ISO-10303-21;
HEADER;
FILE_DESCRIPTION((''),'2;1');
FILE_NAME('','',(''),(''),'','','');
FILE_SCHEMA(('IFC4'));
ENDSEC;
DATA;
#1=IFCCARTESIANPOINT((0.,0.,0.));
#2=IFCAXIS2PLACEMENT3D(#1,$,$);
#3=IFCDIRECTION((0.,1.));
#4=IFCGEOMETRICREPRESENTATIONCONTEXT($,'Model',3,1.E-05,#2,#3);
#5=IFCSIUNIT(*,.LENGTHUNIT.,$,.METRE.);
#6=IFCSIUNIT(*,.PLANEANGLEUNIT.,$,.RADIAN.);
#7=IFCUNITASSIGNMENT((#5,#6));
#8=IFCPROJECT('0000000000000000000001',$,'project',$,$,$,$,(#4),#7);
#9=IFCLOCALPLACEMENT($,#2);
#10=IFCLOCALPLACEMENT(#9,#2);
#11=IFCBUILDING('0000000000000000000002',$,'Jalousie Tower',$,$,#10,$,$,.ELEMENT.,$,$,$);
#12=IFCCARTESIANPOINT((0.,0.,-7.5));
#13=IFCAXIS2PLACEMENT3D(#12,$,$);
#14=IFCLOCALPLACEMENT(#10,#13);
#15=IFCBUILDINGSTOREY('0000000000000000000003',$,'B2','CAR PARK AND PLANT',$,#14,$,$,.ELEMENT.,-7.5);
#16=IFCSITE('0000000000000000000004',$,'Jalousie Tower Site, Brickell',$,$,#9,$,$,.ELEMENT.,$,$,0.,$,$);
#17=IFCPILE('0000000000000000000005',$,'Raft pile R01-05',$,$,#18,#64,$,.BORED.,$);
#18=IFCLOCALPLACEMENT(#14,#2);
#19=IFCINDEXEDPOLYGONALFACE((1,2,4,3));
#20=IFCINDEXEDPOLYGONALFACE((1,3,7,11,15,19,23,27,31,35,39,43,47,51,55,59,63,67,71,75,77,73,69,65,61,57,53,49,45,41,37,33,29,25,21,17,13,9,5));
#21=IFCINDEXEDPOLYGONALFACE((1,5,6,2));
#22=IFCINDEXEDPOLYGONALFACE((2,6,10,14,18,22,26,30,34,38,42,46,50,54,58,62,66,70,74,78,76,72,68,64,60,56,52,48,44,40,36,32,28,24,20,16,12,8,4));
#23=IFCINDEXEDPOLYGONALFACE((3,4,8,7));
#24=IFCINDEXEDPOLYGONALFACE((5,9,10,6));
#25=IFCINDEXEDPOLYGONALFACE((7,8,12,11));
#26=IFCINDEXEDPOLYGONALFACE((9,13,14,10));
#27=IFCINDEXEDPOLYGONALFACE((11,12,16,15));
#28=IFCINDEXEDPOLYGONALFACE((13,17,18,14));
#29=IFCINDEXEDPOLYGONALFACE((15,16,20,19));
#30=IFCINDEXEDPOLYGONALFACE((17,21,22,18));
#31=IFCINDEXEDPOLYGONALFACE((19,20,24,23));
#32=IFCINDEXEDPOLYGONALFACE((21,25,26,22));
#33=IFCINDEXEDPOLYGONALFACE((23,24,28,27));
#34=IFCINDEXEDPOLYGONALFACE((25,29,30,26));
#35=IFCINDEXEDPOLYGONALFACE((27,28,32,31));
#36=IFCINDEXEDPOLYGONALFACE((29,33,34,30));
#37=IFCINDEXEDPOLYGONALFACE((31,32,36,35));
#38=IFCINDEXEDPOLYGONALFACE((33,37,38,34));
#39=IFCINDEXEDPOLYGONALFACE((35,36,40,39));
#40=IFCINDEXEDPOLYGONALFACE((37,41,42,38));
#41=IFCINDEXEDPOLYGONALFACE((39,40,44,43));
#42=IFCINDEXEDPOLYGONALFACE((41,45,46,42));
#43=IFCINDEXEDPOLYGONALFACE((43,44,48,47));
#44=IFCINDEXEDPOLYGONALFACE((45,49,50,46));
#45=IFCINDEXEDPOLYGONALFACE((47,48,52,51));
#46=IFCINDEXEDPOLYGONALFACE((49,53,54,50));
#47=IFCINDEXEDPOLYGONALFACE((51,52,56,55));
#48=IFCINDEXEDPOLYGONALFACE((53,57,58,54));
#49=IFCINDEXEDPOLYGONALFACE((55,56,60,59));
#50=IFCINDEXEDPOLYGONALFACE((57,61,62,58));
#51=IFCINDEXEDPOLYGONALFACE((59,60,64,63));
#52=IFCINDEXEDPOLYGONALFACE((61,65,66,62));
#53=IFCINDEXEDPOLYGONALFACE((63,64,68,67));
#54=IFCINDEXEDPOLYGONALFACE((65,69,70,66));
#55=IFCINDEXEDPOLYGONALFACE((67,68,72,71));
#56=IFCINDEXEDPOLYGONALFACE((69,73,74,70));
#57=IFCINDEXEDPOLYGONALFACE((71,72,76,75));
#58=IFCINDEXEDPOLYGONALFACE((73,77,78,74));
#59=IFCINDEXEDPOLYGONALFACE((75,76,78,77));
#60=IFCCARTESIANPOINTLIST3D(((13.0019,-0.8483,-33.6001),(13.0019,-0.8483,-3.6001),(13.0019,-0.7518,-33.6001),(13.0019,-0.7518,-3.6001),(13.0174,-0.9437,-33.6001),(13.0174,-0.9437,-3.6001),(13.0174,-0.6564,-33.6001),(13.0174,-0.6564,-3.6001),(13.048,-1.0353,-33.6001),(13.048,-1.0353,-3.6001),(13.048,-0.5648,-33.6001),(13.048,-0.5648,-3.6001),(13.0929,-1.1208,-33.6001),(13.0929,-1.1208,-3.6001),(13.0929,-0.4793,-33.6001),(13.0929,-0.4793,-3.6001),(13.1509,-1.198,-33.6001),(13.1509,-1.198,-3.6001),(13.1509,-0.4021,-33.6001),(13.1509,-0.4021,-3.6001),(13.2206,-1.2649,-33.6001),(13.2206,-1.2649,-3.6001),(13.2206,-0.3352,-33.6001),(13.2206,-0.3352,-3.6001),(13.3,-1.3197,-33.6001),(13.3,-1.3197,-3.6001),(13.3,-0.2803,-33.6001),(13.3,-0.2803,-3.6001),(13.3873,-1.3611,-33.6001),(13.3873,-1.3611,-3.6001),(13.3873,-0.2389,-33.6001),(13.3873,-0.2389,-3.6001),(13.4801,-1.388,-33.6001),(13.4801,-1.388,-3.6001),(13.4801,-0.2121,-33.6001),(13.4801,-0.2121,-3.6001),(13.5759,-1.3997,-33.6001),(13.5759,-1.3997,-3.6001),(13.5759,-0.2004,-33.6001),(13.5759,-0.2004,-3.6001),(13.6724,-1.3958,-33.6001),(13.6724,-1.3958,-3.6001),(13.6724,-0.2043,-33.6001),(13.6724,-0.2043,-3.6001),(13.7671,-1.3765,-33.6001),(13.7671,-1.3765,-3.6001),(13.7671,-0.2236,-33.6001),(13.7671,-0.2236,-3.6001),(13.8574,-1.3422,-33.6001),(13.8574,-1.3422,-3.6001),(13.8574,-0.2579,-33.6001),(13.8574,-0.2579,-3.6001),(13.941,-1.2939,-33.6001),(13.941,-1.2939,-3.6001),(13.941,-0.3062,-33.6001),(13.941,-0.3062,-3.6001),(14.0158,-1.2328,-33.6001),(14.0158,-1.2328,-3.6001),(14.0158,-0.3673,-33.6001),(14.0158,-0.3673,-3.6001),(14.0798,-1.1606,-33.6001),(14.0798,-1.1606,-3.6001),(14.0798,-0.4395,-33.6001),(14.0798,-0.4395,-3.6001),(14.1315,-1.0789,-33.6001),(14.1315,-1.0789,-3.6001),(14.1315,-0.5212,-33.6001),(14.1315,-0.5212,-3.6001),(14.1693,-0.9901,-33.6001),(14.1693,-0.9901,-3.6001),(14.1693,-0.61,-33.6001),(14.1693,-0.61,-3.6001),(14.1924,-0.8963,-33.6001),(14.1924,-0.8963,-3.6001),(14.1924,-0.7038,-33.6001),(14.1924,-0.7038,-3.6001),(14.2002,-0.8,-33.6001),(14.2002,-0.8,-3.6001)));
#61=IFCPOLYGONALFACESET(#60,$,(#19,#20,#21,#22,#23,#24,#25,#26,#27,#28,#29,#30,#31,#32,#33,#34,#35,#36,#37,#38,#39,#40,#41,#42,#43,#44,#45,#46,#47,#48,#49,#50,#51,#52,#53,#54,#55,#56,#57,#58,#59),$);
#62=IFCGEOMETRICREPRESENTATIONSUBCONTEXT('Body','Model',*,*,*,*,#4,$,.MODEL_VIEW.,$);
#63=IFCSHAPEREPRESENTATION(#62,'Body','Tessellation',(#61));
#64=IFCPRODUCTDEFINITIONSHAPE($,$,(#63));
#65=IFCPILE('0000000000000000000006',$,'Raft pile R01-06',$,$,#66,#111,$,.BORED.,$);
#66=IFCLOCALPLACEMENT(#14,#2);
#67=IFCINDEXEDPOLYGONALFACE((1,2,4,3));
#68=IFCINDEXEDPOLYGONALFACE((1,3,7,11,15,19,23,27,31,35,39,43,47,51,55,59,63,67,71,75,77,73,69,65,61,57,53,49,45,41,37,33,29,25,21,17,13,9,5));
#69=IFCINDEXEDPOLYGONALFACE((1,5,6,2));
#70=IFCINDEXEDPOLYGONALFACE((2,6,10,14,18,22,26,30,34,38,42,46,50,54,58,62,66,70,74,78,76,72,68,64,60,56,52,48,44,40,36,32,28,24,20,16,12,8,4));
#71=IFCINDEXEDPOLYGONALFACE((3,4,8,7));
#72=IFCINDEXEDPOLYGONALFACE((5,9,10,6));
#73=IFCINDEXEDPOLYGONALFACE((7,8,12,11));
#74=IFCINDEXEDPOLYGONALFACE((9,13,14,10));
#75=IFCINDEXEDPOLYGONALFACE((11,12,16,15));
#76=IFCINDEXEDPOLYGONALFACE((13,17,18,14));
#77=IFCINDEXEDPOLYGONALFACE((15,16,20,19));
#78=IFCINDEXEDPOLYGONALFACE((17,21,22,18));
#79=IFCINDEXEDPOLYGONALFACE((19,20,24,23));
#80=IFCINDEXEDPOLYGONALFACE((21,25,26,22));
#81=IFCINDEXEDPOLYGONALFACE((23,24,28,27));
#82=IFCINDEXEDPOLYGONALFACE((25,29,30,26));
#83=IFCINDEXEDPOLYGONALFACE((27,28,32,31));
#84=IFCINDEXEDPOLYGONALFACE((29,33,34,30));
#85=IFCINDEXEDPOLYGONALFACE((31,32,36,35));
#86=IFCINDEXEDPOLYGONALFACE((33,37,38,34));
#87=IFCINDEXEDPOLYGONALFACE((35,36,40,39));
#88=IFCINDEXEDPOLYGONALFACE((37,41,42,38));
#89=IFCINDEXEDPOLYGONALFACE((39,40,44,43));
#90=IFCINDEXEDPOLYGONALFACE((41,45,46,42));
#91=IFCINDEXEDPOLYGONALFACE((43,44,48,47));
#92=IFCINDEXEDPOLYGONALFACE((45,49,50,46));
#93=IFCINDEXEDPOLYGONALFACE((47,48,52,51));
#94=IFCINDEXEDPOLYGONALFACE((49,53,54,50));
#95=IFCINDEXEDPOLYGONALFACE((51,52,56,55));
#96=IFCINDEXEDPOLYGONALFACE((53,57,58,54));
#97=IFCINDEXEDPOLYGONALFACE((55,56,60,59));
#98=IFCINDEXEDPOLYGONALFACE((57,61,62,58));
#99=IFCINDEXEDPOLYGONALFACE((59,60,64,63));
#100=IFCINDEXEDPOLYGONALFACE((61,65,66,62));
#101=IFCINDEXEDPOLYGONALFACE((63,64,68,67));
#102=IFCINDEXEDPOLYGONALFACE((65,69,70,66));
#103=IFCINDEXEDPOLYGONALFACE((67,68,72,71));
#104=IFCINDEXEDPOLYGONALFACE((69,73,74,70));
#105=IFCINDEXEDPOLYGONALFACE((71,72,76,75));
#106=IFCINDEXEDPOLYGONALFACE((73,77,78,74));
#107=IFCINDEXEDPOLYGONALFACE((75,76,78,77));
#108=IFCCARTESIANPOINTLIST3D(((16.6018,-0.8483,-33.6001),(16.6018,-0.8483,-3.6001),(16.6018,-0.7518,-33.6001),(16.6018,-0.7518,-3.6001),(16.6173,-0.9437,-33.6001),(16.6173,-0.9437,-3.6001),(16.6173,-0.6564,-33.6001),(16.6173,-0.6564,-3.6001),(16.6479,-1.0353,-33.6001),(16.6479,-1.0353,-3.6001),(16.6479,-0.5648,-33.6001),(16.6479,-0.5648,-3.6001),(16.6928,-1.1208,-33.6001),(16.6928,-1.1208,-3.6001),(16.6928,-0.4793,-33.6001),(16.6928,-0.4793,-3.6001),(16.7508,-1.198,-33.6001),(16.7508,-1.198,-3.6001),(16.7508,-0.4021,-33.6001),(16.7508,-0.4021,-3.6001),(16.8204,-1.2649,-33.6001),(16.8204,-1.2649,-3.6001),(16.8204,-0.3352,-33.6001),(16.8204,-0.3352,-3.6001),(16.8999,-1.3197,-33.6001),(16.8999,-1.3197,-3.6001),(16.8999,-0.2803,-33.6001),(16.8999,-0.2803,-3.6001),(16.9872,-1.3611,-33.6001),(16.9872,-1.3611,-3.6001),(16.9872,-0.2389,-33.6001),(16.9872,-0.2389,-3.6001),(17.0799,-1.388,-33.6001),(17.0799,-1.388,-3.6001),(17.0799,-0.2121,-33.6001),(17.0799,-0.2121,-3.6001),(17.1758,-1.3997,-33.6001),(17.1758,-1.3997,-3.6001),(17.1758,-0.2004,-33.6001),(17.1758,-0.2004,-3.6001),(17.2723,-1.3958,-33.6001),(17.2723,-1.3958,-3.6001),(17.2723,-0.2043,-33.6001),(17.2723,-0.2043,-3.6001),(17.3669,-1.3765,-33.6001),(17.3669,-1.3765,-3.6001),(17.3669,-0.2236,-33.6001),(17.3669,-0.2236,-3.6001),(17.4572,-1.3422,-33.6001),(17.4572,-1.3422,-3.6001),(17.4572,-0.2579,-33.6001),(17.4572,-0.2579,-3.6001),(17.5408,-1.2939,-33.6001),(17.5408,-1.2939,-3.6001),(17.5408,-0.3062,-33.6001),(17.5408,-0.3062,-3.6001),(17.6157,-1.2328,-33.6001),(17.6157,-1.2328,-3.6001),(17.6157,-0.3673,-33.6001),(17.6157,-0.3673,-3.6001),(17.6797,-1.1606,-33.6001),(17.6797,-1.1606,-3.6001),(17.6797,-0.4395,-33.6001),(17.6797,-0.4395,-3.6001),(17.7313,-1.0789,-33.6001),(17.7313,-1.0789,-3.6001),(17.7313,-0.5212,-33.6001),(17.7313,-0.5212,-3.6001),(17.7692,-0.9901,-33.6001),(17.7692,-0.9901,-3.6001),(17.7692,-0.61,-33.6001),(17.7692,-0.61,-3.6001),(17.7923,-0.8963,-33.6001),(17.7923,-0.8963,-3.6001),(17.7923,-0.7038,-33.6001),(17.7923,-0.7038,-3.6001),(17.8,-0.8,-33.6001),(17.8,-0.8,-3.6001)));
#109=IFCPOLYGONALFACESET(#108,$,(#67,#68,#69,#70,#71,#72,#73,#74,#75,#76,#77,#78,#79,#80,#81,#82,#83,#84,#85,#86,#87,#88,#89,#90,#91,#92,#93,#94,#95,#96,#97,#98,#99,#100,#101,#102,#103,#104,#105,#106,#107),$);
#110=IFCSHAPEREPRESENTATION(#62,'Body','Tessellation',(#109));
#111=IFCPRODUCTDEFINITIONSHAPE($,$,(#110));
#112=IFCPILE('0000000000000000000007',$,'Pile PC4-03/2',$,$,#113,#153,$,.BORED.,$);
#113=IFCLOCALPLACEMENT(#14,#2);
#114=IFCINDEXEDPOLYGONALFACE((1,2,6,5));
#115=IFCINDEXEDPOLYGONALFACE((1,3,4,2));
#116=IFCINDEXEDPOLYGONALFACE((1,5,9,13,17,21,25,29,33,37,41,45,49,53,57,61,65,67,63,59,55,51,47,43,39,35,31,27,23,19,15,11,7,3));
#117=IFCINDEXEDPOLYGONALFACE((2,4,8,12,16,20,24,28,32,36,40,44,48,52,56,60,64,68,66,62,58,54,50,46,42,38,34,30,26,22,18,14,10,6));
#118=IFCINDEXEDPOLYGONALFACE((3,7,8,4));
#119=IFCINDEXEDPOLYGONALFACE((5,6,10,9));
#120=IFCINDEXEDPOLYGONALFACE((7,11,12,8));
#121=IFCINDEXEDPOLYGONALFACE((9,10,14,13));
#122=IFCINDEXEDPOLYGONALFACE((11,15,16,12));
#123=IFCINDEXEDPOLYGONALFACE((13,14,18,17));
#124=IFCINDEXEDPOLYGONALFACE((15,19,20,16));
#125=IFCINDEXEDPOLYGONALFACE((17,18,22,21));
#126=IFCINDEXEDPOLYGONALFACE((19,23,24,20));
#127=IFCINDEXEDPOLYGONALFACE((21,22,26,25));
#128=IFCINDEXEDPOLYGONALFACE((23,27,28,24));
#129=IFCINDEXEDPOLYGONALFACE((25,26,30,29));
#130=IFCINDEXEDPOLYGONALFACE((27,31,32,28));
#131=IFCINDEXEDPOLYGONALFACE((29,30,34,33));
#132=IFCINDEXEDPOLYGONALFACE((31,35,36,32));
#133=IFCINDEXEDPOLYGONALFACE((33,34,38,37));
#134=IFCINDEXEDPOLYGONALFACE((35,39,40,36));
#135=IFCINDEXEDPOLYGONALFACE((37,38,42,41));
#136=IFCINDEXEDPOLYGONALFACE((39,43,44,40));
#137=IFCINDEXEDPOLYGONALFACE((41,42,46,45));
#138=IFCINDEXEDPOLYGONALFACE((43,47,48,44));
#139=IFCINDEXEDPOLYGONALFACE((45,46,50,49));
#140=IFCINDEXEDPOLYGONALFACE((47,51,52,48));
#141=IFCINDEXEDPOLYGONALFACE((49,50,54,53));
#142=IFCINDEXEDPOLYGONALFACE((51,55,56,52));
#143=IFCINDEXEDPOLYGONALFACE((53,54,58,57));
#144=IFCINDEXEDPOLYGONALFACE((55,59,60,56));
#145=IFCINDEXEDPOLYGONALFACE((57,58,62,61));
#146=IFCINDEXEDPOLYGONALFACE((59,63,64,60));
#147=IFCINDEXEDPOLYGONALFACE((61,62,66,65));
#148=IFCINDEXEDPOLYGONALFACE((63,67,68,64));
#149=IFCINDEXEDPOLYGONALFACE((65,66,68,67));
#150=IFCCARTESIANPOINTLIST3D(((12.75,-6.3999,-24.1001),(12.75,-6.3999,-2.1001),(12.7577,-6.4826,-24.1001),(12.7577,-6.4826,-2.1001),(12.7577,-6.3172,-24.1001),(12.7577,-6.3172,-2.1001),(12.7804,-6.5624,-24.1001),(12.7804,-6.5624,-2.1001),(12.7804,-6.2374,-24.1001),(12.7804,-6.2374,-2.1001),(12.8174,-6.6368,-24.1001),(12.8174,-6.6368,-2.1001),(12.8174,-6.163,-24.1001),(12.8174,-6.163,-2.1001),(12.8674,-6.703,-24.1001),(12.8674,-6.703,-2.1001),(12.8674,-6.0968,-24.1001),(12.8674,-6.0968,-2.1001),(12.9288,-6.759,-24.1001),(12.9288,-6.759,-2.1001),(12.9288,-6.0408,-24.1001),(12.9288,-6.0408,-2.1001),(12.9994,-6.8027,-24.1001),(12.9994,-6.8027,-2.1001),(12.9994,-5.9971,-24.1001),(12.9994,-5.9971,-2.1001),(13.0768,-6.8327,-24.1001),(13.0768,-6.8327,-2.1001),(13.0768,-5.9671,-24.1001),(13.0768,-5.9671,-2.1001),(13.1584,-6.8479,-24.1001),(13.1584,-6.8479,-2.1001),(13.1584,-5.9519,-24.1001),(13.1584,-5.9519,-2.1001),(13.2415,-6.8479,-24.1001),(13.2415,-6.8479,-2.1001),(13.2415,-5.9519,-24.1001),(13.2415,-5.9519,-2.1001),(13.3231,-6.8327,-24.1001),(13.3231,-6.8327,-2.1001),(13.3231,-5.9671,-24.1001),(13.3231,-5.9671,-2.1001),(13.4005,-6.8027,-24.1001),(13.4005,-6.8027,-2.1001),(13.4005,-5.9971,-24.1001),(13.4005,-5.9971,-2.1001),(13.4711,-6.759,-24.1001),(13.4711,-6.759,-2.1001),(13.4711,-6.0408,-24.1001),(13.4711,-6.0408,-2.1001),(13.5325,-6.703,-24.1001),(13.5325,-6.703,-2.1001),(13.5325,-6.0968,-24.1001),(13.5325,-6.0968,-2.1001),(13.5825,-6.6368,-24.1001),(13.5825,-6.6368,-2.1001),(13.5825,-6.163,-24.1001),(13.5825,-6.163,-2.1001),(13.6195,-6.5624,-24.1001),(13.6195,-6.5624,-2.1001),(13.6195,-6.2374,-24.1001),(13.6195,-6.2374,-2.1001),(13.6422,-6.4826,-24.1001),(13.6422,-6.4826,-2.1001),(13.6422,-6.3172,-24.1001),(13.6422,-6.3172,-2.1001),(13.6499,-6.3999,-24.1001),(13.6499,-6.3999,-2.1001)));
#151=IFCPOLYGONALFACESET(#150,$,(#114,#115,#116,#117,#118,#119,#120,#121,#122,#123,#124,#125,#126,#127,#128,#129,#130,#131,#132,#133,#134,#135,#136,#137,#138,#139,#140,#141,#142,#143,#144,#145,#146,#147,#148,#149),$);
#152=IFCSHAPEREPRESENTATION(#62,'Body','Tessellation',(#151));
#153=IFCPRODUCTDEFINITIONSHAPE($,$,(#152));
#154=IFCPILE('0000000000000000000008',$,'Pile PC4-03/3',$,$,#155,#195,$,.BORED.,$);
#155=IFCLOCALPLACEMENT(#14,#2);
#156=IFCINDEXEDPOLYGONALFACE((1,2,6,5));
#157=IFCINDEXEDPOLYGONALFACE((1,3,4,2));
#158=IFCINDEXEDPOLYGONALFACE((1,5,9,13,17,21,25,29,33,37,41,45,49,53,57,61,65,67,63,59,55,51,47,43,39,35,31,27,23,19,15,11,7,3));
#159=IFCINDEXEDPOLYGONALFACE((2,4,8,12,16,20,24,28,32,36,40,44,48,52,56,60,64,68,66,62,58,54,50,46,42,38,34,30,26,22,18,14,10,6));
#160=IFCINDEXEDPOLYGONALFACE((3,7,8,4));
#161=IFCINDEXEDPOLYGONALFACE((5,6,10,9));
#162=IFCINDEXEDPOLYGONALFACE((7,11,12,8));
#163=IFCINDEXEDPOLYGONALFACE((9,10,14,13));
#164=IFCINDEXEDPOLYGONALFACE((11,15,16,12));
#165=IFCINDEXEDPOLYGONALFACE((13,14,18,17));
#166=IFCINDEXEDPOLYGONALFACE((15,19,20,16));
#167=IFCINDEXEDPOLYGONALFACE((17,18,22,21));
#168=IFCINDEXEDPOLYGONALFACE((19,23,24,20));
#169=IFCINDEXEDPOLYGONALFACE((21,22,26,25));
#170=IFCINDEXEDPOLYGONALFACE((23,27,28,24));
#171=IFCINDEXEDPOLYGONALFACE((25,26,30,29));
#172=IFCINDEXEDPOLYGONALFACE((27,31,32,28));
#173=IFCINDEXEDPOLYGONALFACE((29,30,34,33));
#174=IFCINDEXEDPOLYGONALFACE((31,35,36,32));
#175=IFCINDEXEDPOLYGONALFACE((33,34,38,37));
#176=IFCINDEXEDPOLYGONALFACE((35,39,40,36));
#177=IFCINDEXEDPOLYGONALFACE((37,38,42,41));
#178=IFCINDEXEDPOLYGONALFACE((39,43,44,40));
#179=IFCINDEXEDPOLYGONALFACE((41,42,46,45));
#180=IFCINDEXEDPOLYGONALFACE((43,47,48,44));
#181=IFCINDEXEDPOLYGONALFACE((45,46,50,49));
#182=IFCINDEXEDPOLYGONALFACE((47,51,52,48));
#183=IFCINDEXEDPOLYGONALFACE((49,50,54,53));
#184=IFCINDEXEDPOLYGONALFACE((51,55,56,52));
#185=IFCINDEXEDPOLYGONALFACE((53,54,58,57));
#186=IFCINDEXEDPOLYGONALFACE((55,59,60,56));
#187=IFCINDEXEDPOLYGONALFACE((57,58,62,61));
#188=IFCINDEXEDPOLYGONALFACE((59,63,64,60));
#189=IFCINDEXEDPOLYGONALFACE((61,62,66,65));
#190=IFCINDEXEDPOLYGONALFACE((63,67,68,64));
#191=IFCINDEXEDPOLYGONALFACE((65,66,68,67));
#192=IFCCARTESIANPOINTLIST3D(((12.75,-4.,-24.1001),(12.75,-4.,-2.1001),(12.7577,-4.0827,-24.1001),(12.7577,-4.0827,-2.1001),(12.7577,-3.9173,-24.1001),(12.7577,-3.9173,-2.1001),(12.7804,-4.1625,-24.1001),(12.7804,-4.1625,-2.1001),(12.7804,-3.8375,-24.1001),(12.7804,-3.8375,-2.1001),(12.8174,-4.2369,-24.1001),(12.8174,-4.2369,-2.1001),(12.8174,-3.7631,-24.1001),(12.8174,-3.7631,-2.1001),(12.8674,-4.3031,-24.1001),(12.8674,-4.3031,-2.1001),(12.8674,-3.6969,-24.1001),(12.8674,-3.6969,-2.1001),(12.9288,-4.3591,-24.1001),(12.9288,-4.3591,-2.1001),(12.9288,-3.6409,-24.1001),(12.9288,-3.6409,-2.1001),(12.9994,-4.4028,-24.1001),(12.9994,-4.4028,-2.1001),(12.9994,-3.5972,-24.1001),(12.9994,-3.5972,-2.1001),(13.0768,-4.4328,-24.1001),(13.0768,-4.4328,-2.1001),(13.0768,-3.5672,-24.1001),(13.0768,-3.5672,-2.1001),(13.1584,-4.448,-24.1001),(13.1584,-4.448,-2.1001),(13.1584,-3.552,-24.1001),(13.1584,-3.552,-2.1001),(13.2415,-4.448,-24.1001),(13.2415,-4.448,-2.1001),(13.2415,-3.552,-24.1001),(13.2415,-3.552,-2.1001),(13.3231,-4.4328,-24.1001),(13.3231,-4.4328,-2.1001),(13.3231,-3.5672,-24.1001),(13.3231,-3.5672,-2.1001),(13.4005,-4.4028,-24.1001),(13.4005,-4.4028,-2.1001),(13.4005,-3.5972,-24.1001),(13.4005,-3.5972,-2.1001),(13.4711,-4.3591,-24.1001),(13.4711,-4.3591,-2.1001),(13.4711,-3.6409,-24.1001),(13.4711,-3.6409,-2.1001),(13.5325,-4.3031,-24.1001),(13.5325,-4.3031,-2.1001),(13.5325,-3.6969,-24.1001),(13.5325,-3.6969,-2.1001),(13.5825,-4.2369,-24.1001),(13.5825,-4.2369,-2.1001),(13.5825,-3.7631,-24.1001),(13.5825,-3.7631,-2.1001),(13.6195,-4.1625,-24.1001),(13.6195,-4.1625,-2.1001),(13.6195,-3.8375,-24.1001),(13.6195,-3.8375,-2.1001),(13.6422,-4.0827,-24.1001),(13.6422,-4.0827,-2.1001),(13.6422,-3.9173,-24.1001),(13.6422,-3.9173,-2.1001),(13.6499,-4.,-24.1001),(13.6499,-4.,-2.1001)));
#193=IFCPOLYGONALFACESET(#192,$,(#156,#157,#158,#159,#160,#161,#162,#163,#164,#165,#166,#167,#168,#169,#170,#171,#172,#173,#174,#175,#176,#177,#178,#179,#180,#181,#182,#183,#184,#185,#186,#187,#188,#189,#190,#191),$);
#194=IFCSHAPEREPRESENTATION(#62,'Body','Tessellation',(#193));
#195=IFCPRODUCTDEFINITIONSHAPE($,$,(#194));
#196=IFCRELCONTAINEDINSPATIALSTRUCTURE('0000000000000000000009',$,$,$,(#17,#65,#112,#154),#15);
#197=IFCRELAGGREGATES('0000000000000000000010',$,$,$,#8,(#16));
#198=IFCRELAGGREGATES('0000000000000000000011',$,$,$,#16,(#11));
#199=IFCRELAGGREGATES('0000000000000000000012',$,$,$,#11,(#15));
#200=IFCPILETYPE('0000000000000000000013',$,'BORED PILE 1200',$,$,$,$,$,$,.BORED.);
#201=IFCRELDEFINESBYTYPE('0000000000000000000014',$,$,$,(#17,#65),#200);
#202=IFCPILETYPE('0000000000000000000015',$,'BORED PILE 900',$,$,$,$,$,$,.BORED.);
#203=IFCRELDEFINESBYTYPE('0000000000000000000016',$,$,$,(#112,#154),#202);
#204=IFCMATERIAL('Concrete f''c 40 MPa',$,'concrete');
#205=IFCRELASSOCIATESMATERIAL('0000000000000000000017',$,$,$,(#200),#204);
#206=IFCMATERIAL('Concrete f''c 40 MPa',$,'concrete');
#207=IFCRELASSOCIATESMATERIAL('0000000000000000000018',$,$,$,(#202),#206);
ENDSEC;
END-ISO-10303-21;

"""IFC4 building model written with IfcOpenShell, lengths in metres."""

from ifc_helpers import new_model, si_unit, direction, frame, origin, origin_2d, place, context, subcontext, project, spatial, circle, extrude, material, material_profile, profile_set, type_object, element, save


model = new_model("IFC4")

# Units and contexts
model_context = context("Model", 3, precision=1e-05, world=origin(), true_north=direction((0.0, 1.0)))
body_context = subcontext(model_context, "Body", "Model", "MODEL_VIEW")
ifc_project = project(units=[si_unit("LENGTHUNIT", "METRE"), si_unit("PLANEANGLEUNIT", "RADIAN")], contexts=[model_context])

# Site, building, storey
site_placement = place(None, origin())
site = spatial("IfcSite", under=ifc_project, at=site_placement, Name="Jalousie Tower Site, Brickell", CompositionType="ELEMENT", RefElevation=0.0)
building_placement = place(site_placement, origin())
building = spatial("IfcBuilding", under=site, at=building_placement, Name="Jalousie Tower", CompositionType="ELEMENT")
storey_placement = place(building_placement, frame((0.0, 0.0, -7.5)))
storey = spatial("IfcBuildingStorey", under=building, at=storey_placement, Name="B2", Description="CAR PARK AND PLANT", CompositionType="ELEMENT", Elevation=-7.5)

# Piles
ifc_material_1 = material(Name="Concrete f'c 40 MPa", Category="concrete")
ifc_material_profile_1 = material_profile(ifc_material_1, circle(Radius=0.6001, at=origin_2d()), Name="BORED PILE D1200")
ifc_profile_set_1 = profile_set([ifc_material_profile_1], Name="Concrete f'c 40 MPa")
pile_type_1 = type_object("IfcPileType", Name="BORED PILE 1200", PredefinedType="BORED", material=ifc_profile_set_1)
for number, where, z_axis, x_axis, name in (
    (1, (13.6001, -0.8, -3.6001), (0.0, 0.0, -1.0), (1.0, 0.0, 0.0), "Raft pile R01-05"),
    (2, (17.2, -0.8, -3.6001), (0.0, 0.0, -1.0), (1.0, 0.0, 0.0), "Raft pile R01-06"),
):
    element("IfcPile", number, at=place(storey_placement, frame(where, z_axis=z_axis, x_axis=x_axis)), inside=storey, type_object=pile_type_1, Name=name, PredefinedType="BORED", context=body_context, shape_type="SweptSolid", body=[
        extrude(circle(Radius=0.6001, at=origin_2d()), origin(), (0.0, 0.0, 1.0), 30.0),
    ])
ifc_material_2 = material(Name="Concrete f'c 40 MPa", Category="concrete")
ifc_material_profile_2 = material_profile(ifc_material_2, circle(Radius=0.45, at=origin_2d()), Name="BORED PILE D900")
ifc_profile_set_2 = profile_set([ifc_material_profile_2], Name="Concrete f'c 40 MPa")
pile_type_2 = type_object("IfcPileType", Name="BORED PILE 900", PredefinedType="BORED", material=ifc_profile_set_2)
for number, where, z_axis, x_axis, name in (
    (3, (13.2, -6.3999, -2.1001), (0.0, 0.0, -1.0), (1.0, 0.0, 0.0), "Pile PC4-03/2"),
    (4, (13.2, -4.0, -2.1001), (0.0, 0.0, -1.0), (1.0, 0.0, 0.0), "Pile PC4-03/3"),
):
    element("IfcPile", number, at=place(storey_placement, frame(where, z_axis=z_axis, x_axis=x_axis)), inside=storey, type_object=pile_type_2, Name=name, PredefinedType="BORED", context=body_context, shape_type="SweptSolid", body=[
        extrude(circle(Radius=0.45, at=origin_2d()), origin(), (0.0, 0.0, 1.0), 22.0),
    ])

save(model, "model.ifc")
